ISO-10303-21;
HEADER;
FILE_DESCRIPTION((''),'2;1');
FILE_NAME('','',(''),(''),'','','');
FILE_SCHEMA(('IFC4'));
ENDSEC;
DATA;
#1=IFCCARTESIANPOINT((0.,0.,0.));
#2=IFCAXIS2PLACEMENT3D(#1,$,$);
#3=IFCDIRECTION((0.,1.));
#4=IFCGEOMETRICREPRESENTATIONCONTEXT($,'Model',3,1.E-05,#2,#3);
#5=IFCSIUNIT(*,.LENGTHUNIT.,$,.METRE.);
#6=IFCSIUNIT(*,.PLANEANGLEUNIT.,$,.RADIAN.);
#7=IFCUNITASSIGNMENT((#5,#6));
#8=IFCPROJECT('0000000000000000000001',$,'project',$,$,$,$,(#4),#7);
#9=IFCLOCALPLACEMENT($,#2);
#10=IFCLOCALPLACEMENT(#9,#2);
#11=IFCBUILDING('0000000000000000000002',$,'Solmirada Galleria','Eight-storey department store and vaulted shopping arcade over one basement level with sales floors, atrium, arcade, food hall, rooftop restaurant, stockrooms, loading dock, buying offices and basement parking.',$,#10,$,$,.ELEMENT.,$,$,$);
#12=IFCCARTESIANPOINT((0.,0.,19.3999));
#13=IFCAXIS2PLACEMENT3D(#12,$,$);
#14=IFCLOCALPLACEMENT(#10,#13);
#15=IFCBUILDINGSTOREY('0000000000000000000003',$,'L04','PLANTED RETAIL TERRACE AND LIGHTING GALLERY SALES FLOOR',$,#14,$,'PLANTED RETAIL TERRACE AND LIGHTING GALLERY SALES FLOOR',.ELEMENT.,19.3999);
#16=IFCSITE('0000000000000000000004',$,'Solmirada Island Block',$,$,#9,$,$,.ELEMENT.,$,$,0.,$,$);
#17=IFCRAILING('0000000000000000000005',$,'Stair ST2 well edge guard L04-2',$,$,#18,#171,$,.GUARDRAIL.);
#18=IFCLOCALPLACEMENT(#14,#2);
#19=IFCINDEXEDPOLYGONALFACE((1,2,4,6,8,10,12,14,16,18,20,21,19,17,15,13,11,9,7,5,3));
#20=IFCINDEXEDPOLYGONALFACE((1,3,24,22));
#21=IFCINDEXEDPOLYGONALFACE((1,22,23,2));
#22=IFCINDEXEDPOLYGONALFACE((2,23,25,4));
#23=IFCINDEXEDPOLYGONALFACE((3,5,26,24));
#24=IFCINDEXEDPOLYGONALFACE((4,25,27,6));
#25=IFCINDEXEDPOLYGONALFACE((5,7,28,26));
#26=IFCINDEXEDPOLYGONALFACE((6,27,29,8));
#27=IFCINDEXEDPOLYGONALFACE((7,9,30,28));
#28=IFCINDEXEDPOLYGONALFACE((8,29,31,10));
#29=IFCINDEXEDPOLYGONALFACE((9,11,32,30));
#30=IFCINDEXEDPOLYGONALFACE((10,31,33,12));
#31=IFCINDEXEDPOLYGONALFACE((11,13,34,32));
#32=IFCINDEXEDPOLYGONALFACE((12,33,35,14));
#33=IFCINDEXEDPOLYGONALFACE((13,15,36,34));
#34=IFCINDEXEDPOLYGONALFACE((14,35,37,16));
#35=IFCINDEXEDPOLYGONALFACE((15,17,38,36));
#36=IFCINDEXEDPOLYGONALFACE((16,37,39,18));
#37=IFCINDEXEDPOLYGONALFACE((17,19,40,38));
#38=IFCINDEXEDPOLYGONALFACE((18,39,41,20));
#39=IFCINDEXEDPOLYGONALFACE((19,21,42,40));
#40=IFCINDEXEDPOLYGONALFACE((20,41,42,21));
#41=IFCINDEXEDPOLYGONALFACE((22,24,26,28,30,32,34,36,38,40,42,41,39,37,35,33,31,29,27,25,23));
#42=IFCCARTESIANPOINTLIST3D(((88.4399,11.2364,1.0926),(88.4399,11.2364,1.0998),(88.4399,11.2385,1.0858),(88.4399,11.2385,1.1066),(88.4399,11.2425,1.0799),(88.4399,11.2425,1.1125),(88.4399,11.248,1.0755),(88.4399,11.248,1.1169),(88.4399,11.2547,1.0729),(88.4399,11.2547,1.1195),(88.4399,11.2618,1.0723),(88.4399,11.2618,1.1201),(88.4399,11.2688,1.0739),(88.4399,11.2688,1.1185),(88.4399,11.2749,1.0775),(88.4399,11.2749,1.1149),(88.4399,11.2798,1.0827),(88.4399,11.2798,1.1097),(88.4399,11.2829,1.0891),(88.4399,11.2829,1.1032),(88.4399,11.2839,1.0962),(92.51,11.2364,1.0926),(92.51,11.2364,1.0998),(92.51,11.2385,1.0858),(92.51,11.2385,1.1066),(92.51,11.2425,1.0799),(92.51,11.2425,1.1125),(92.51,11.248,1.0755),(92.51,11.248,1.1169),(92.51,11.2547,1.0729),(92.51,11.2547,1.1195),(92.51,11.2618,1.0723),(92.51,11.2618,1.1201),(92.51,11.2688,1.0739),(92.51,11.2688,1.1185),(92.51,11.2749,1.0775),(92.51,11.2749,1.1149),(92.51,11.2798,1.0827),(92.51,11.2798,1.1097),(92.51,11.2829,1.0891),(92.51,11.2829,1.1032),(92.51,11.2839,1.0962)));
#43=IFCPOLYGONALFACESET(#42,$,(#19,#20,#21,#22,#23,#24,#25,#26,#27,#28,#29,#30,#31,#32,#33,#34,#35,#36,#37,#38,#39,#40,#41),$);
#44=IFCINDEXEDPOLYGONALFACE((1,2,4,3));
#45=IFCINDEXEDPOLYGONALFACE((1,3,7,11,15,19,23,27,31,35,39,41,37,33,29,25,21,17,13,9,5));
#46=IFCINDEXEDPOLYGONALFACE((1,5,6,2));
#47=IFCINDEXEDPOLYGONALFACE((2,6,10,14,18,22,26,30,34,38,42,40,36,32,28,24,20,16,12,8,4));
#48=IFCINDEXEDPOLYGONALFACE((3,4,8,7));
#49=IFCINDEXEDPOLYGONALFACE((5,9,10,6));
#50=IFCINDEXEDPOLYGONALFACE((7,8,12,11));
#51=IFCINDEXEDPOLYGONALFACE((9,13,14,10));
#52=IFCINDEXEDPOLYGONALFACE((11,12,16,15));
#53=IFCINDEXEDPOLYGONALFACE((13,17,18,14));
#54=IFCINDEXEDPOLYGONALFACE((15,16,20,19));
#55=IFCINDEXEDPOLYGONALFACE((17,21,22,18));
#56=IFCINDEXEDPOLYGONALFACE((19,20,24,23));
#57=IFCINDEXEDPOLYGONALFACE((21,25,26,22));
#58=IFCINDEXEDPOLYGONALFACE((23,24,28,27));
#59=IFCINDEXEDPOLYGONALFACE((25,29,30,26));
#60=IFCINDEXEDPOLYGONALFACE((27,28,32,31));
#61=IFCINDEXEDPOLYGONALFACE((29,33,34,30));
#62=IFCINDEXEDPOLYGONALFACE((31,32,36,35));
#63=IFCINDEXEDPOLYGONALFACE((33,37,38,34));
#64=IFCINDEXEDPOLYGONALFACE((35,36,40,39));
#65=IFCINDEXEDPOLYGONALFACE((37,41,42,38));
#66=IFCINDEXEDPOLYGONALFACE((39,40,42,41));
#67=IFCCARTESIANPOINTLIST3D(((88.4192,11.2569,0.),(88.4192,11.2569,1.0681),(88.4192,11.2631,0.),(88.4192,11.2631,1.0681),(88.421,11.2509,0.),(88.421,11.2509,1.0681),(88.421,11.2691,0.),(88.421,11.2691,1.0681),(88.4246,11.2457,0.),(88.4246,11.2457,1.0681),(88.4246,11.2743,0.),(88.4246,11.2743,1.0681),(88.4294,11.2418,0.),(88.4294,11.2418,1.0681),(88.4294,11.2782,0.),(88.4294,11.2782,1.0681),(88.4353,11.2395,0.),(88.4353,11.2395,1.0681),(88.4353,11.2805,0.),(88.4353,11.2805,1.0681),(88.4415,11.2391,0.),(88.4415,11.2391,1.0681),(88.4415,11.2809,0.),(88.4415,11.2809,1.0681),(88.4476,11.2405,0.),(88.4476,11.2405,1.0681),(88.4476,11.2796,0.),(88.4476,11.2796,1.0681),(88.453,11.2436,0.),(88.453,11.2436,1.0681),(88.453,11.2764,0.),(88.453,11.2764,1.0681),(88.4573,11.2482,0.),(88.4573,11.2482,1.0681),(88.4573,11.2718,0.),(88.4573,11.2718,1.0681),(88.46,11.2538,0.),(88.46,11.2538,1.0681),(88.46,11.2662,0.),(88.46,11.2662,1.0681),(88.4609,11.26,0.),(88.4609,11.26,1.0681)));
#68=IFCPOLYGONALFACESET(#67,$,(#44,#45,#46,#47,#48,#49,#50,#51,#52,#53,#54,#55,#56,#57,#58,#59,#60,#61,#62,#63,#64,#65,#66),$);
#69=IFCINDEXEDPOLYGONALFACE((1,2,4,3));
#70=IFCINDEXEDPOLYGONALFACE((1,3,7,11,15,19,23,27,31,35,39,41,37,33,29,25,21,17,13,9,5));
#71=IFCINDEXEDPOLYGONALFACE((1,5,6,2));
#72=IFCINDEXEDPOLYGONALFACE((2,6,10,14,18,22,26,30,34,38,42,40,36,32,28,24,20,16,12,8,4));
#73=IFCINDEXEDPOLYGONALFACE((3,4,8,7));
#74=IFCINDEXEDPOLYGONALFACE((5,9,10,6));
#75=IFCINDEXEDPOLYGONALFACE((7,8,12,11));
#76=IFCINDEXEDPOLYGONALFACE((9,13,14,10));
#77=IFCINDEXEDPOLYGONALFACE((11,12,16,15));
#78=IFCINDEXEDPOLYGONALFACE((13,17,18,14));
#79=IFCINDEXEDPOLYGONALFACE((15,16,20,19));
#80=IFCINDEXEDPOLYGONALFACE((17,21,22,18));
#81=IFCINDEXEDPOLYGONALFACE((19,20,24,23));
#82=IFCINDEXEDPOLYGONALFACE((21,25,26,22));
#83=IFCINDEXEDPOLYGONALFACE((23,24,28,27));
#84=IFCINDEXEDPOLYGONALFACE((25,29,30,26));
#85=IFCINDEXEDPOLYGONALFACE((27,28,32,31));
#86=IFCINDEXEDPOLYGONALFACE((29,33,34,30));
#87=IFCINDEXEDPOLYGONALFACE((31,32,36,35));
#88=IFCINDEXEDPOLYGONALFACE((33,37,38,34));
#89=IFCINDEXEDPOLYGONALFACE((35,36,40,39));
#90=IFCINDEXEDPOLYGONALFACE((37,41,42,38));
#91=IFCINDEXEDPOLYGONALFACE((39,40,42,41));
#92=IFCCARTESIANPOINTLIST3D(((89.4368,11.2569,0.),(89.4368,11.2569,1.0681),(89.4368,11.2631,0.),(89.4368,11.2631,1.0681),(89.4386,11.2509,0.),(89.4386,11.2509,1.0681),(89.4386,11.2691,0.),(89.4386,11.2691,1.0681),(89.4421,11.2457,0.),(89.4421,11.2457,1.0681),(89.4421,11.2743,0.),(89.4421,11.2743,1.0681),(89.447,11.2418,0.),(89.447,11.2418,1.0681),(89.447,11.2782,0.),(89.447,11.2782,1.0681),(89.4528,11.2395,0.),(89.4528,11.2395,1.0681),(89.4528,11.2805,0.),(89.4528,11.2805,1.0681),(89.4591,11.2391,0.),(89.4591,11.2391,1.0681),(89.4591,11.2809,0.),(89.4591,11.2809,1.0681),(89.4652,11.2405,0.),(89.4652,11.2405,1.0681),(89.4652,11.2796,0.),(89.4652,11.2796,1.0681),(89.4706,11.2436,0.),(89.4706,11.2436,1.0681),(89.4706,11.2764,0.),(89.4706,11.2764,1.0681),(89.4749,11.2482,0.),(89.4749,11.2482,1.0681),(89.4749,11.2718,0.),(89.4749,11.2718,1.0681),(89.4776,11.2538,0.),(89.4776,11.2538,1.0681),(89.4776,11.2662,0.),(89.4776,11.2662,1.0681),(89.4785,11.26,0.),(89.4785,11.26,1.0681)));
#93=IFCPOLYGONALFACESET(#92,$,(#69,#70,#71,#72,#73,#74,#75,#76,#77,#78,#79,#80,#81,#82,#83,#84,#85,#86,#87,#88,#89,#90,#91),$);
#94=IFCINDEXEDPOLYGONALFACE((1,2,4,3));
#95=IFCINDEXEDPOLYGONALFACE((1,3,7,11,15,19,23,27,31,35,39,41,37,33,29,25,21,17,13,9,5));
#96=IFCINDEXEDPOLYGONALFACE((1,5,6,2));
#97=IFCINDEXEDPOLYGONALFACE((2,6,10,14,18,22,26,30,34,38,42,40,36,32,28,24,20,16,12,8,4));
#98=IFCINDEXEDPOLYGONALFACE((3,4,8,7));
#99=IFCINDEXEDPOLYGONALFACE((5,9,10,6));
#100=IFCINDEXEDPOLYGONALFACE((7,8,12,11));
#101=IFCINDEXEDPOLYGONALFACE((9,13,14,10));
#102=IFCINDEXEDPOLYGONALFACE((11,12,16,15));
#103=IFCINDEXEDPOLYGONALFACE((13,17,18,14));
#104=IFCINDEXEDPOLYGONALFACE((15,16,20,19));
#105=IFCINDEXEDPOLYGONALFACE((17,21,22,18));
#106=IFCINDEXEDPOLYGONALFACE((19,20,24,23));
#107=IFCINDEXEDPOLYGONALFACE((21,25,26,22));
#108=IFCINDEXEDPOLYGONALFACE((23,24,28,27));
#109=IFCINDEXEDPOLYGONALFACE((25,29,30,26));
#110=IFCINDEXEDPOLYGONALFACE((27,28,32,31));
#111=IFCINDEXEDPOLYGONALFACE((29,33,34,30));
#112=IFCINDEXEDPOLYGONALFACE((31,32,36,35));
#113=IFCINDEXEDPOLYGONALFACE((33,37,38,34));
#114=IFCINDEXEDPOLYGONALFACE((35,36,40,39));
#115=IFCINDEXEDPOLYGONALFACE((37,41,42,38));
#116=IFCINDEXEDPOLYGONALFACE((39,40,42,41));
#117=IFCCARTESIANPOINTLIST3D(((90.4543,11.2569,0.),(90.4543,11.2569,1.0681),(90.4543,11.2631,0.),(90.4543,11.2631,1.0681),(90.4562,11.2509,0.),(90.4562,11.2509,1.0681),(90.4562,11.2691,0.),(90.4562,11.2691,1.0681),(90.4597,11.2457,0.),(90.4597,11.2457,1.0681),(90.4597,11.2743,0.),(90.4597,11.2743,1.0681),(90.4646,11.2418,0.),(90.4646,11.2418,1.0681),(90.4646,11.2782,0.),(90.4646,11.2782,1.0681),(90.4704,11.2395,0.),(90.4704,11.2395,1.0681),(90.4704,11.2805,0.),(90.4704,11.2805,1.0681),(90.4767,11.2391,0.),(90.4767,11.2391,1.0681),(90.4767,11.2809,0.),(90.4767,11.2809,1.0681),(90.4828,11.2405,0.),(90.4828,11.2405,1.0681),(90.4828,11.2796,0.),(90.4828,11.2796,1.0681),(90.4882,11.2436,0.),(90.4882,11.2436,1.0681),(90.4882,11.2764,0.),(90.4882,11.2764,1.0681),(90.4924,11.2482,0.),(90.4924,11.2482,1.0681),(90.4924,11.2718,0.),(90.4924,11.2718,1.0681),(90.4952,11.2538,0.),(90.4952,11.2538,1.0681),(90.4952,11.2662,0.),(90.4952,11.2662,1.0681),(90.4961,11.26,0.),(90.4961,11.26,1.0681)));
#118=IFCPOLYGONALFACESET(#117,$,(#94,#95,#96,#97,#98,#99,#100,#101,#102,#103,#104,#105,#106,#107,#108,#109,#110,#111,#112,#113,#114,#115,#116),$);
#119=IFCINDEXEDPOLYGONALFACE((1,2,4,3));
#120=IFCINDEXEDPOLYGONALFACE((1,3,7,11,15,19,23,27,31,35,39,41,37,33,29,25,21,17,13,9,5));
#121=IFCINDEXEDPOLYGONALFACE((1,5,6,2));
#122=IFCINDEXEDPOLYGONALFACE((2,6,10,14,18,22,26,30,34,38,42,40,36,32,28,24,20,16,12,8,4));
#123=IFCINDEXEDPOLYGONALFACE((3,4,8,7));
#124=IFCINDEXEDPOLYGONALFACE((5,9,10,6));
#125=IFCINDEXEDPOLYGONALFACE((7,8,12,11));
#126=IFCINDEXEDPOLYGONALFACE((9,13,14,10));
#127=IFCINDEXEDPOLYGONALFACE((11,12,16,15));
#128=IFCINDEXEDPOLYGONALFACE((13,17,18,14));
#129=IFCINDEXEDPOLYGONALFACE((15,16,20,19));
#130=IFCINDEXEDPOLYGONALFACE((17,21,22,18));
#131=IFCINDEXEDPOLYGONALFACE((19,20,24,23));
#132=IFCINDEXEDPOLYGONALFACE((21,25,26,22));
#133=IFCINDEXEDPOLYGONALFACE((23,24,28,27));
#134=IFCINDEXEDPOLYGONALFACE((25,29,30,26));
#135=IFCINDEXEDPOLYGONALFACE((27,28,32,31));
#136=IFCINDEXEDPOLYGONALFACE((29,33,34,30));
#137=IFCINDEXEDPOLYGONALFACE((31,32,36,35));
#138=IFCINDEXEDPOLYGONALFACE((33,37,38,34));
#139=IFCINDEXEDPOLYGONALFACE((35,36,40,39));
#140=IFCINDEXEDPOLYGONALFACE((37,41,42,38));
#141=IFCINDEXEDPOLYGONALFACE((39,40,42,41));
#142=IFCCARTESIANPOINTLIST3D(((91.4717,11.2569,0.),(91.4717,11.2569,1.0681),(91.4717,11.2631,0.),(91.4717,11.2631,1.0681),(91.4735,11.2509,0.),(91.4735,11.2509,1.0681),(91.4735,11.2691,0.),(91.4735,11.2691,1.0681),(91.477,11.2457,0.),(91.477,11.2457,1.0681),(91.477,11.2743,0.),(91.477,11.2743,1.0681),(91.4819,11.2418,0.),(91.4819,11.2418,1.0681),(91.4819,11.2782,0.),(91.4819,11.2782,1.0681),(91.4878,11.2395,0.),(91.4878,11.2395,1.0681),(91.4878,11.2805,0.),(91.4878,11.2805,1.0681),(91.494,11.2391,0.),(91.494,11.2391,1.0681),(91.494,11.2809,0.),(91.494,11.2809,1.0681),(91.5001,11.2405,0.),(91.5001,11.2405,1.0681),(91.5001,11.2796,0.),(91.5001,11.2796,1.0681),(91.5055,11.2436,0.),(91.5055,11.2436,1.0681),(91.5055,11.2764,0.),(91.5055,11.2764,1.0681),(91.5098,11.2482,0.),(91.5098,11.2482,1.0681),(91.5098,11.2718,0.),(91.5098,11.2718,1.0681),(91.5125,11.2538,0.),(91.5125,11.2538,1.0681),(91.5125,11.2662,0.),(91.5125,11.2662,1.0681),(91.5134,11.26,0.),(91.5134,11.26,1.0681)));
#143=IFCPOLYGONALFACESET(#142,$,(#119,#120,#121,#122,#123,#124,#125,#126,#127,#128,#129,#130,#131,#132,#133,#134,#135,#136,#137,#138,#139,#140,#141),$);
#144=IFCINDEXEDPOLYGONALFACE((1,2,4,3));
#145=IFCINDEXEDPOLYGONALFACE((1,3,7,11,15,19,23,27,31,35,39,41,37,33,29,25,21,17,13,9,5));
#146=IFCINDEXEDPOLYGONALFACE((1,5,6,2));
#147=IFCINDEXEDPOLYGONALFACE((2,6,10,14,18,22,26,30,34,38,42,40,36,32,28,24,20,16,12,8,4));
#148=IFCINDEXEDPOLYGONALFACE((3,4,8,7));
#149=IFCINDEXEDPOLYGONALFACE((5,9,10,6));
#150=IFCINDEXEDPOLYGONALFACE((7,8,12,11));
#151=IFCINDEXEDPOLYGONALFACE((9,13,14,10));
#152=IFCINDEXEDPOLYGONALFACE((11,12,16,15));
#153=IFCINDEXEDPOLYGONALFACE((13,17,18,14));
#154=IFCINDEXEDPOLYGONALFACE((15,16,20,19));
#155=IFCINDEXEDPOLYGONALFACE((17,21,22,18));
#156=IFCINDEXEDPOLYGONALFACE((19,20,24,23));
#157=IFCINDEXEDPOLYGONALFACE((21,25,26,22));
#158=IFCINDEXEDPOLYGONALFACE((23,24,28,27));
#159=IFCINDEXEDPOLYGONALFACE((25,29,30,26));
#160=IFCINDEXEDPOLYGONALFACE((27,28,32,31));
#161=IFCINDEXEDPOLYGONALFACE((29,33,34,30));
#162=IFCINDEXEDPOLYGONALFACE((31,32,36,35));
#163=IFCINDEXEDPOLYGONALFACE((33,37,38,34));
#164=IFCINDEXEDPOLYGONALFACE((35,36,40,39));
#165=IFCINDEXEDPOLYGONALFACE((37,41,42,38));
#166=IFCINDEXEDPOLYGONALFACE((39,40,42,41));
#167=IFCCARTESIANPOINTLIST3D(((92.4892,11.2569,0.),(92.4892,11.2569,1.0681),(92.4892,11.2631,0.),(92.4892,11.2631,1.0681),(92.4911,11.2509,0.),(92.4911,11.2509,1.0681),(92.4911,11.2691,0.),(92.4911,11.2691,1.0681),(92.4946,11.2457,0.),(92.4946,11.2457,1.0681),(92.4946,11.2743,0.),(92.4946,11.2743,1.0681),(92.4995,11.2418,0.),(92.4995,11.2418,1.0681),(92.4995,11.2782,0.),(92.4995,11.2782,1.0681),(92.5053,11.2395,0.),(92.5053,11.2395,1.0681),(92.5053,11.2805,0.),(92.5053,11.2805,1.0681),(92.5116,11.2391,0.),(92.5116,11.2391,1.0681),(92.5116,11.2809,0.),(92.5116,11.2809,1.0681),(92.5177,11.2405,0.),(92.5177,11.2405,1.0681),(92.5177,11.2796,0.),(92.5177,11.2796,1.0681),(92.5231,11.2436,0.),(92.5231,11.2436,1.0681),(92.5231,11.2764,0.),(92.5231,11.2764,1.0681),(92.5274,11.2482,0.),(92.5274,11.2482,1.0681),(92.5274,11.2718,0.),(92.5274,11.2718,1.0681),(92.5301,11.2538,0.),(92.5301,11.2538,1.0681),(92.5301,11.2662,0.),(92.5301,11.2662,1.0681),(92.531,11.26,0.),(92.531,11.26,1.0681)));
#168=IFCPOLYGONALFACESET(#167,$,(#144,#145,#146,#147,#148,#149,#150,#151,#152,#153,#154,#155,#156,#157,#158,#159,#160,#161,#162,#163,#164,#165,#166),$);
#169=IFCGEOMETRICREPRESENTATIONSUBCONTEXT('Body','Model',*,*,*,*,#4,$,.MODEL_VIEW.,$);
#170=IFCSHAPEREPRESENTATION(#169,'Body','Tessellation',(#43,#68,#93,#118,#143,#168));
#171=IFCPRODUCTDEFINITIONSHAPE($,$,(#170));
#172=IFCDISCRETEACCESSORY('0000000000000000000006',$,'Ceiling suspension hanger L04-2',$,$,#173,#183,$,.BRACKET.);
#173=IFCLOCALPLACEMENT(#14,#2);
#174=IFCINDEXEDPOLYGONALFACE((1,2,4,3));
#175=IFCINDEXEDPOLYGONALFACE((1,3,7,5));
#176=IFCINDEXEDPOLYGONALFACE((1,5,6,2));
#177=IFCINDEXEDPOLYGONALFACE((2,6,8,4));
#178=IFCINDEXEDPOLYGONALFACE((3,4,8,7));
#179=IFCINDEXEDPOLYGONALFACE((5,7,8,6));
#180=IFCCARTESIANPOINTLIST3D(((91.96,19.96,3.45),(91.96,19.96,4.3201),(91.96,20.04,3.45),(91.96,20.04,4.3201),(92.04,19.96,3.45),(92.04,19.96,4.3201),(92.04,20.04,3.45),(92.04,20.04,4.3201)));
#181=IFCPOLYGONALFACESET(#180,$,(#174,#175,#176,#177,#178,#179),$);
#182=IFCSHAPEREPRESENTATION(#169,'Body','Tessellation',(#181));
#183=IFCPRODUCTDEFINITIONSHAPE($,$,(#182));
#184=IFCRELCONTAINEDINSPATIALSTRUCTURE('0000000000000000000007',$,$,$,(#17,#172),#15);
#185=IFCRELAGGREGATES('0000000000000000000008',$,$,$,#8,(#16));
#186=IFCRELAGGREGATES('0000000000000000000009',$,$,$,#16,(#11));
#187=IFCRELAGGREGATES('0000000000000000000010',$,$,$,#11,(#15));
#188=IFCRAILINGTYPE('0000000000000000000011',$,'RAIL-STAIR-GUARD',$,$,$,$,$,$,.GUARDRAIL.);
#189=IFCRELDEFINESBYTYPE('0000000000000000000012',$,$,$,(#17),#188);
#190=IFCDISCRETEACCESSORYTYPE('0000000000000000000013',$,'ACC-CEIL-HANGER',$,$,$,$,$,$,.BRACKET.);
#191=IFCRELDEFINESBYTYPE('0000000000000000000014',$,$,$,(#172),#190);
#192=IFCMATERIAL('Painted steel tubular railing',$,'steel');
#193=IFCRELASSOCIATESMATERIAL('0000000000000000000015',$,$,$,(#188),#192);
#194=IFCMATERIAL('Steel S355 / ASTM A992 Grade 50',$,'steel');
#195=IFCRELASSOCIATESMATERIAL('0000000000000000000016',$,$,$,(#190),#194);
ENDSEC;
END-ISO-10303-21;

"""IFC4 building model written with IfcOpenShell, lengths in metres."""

from ifc_helpers import new_model, si_unit, direction, frame, origin, origin_2d, place, context, subcontext, project, spatial, rectangle, circle, extrude, material, type_object, element, save


model = new_model("IFC4")

# Units and contexts
model_context = context("Model", 3, precision=1e-05, world=origin(), true_north=direction((0.0, 1.0)))
body_context = subcontext(model_context, "Body", "Model", "MODEL_VIEW")
ifc_project = project(units=[si_unit("LENGTHUNIT", "METRE"), si_unit("PLANEANGLEUNIT", "RADIAN")], contexts=[model_context])

# Site, building, storey
site_placement = place(None, origin())
site = spatial("IfcSite", under=ifc_project, at=site_placement, Name="Solmirada Island Block", CompositionType="ELEMENT", RefElevation=0.0)
building_placement = place(site_placement, origin())
building = spatial("IfcBuilding", under=site, at=building_placement, Name="Solmirada Galleria", Description="Eight-storey department store and vaulted shopping arcade over one basement level with sales floors, atrium, arcade, food hall, rooftop restaurant, stockrooms, loading dock, buying offices and basement parking.", CompositionType="ELEMENT")
storey_placement = place(building_placement, frame((0.0, 0.0, 19.3999)))
storey = spatial("IfcBuildingStorey", under=building, at=storey_placement, Name="L04", Description="PLANTED RETAIL TERRACE AND LIGHTING GALLERY SALES FLOOR", LongName="PLANTED RETAIL TERRACE AND LIGHTING GALLERY SALES FLOOR", CompositionType="ELEMENT", Elevation=19.3999)

# Shared definitions
ifc_material_1 = material(Name="Steel S355 / ASTM A992 Grade 50", Category="steel")

# Railing
ifc_material_2 = material(Name="Painted steel tubular railing", Category="steel")
railing_type = type_object("IfcRailingType", Name="RAIL-STAIR-GUARD", PredefinedType="GUARDRAIL", material=ifc_material_2)
railing_1_placement = place(storey_placement, frame((88.4399, 11.26, 0.0)))
element("IfcRailing", 1, at=railing_1_placement, inside=storey, type_object=railing_type, Name="Stair ST2 well edge guard L04-2", PredefinedType="GUARDRAIL", context=body_context, shape_type="SweptSolid", body=[
    extrude(circle(Radius=0.0239, at=origin_2d()), frame((0.0, 0.0, 1.0962), z_axis=(1.0, 0.0, 0.0), x_axis=(0.0, 1.0, 0.0)), (0.0, 0.0, 1.0), 4.0701),
    extrude(circle(Radius=0.021, at=origin_2d()), origin(), (0.0, 0.0, 1.0), 1.0681),
    extrude(circle(Radius=0.021, at=origin_2d()), frame((1.0176, 0.0, 0.0)), (0.0, 0.0, 1.0), 1.0681),
    extrude(circle(Radius=0.021, at=origin_2d()), frame((2.0352, 0.0, 0.0)), (0.0, 0.0, 1.0), 1.0681),
    extrude(circle(Radius=0.021, at=origin_2d()), frame((3.0525, 0.0, 0.0)), (0.0, 0.0, 1.0), 1.0681),
    extrude(circle(Radius=0.021, at=origin_2d()), frame((4.0701, 0.0, 0.0)), (0.0, 0.0, 1.0), 1.0681),
])

# Discrete accessory
discrete_accessory_type = type_object("IfcDiscreteAccessoryType", Name="ACC-CEIL-HANGER", PredefinedType="BRACKET", material=ifc_material_1)
discrete_accessory_placement = place(storey_placement, frame((92.0, 20.0, 3.45), z_axis=(0.0, 0.0, 1.0), x_axis=(1.0, 0.0, 0.0)))
element("IfcDiscreteAccessory", 2, at=discrete_accessory_placement, inside=storey, type_object=discrete_accessory_type, Name="Ceiling suspension hanger L04-2", PredefinedType="BRACKET", context=body_context, shape_type="SweptSolid", body=[
    extrude(rectangle(XDim=0.0801, YDim=0.0801, at=origin_2d()), origin(), (0.0, 0.0, 1.0), 0.8701),
])

save(model, "model.ifc")
